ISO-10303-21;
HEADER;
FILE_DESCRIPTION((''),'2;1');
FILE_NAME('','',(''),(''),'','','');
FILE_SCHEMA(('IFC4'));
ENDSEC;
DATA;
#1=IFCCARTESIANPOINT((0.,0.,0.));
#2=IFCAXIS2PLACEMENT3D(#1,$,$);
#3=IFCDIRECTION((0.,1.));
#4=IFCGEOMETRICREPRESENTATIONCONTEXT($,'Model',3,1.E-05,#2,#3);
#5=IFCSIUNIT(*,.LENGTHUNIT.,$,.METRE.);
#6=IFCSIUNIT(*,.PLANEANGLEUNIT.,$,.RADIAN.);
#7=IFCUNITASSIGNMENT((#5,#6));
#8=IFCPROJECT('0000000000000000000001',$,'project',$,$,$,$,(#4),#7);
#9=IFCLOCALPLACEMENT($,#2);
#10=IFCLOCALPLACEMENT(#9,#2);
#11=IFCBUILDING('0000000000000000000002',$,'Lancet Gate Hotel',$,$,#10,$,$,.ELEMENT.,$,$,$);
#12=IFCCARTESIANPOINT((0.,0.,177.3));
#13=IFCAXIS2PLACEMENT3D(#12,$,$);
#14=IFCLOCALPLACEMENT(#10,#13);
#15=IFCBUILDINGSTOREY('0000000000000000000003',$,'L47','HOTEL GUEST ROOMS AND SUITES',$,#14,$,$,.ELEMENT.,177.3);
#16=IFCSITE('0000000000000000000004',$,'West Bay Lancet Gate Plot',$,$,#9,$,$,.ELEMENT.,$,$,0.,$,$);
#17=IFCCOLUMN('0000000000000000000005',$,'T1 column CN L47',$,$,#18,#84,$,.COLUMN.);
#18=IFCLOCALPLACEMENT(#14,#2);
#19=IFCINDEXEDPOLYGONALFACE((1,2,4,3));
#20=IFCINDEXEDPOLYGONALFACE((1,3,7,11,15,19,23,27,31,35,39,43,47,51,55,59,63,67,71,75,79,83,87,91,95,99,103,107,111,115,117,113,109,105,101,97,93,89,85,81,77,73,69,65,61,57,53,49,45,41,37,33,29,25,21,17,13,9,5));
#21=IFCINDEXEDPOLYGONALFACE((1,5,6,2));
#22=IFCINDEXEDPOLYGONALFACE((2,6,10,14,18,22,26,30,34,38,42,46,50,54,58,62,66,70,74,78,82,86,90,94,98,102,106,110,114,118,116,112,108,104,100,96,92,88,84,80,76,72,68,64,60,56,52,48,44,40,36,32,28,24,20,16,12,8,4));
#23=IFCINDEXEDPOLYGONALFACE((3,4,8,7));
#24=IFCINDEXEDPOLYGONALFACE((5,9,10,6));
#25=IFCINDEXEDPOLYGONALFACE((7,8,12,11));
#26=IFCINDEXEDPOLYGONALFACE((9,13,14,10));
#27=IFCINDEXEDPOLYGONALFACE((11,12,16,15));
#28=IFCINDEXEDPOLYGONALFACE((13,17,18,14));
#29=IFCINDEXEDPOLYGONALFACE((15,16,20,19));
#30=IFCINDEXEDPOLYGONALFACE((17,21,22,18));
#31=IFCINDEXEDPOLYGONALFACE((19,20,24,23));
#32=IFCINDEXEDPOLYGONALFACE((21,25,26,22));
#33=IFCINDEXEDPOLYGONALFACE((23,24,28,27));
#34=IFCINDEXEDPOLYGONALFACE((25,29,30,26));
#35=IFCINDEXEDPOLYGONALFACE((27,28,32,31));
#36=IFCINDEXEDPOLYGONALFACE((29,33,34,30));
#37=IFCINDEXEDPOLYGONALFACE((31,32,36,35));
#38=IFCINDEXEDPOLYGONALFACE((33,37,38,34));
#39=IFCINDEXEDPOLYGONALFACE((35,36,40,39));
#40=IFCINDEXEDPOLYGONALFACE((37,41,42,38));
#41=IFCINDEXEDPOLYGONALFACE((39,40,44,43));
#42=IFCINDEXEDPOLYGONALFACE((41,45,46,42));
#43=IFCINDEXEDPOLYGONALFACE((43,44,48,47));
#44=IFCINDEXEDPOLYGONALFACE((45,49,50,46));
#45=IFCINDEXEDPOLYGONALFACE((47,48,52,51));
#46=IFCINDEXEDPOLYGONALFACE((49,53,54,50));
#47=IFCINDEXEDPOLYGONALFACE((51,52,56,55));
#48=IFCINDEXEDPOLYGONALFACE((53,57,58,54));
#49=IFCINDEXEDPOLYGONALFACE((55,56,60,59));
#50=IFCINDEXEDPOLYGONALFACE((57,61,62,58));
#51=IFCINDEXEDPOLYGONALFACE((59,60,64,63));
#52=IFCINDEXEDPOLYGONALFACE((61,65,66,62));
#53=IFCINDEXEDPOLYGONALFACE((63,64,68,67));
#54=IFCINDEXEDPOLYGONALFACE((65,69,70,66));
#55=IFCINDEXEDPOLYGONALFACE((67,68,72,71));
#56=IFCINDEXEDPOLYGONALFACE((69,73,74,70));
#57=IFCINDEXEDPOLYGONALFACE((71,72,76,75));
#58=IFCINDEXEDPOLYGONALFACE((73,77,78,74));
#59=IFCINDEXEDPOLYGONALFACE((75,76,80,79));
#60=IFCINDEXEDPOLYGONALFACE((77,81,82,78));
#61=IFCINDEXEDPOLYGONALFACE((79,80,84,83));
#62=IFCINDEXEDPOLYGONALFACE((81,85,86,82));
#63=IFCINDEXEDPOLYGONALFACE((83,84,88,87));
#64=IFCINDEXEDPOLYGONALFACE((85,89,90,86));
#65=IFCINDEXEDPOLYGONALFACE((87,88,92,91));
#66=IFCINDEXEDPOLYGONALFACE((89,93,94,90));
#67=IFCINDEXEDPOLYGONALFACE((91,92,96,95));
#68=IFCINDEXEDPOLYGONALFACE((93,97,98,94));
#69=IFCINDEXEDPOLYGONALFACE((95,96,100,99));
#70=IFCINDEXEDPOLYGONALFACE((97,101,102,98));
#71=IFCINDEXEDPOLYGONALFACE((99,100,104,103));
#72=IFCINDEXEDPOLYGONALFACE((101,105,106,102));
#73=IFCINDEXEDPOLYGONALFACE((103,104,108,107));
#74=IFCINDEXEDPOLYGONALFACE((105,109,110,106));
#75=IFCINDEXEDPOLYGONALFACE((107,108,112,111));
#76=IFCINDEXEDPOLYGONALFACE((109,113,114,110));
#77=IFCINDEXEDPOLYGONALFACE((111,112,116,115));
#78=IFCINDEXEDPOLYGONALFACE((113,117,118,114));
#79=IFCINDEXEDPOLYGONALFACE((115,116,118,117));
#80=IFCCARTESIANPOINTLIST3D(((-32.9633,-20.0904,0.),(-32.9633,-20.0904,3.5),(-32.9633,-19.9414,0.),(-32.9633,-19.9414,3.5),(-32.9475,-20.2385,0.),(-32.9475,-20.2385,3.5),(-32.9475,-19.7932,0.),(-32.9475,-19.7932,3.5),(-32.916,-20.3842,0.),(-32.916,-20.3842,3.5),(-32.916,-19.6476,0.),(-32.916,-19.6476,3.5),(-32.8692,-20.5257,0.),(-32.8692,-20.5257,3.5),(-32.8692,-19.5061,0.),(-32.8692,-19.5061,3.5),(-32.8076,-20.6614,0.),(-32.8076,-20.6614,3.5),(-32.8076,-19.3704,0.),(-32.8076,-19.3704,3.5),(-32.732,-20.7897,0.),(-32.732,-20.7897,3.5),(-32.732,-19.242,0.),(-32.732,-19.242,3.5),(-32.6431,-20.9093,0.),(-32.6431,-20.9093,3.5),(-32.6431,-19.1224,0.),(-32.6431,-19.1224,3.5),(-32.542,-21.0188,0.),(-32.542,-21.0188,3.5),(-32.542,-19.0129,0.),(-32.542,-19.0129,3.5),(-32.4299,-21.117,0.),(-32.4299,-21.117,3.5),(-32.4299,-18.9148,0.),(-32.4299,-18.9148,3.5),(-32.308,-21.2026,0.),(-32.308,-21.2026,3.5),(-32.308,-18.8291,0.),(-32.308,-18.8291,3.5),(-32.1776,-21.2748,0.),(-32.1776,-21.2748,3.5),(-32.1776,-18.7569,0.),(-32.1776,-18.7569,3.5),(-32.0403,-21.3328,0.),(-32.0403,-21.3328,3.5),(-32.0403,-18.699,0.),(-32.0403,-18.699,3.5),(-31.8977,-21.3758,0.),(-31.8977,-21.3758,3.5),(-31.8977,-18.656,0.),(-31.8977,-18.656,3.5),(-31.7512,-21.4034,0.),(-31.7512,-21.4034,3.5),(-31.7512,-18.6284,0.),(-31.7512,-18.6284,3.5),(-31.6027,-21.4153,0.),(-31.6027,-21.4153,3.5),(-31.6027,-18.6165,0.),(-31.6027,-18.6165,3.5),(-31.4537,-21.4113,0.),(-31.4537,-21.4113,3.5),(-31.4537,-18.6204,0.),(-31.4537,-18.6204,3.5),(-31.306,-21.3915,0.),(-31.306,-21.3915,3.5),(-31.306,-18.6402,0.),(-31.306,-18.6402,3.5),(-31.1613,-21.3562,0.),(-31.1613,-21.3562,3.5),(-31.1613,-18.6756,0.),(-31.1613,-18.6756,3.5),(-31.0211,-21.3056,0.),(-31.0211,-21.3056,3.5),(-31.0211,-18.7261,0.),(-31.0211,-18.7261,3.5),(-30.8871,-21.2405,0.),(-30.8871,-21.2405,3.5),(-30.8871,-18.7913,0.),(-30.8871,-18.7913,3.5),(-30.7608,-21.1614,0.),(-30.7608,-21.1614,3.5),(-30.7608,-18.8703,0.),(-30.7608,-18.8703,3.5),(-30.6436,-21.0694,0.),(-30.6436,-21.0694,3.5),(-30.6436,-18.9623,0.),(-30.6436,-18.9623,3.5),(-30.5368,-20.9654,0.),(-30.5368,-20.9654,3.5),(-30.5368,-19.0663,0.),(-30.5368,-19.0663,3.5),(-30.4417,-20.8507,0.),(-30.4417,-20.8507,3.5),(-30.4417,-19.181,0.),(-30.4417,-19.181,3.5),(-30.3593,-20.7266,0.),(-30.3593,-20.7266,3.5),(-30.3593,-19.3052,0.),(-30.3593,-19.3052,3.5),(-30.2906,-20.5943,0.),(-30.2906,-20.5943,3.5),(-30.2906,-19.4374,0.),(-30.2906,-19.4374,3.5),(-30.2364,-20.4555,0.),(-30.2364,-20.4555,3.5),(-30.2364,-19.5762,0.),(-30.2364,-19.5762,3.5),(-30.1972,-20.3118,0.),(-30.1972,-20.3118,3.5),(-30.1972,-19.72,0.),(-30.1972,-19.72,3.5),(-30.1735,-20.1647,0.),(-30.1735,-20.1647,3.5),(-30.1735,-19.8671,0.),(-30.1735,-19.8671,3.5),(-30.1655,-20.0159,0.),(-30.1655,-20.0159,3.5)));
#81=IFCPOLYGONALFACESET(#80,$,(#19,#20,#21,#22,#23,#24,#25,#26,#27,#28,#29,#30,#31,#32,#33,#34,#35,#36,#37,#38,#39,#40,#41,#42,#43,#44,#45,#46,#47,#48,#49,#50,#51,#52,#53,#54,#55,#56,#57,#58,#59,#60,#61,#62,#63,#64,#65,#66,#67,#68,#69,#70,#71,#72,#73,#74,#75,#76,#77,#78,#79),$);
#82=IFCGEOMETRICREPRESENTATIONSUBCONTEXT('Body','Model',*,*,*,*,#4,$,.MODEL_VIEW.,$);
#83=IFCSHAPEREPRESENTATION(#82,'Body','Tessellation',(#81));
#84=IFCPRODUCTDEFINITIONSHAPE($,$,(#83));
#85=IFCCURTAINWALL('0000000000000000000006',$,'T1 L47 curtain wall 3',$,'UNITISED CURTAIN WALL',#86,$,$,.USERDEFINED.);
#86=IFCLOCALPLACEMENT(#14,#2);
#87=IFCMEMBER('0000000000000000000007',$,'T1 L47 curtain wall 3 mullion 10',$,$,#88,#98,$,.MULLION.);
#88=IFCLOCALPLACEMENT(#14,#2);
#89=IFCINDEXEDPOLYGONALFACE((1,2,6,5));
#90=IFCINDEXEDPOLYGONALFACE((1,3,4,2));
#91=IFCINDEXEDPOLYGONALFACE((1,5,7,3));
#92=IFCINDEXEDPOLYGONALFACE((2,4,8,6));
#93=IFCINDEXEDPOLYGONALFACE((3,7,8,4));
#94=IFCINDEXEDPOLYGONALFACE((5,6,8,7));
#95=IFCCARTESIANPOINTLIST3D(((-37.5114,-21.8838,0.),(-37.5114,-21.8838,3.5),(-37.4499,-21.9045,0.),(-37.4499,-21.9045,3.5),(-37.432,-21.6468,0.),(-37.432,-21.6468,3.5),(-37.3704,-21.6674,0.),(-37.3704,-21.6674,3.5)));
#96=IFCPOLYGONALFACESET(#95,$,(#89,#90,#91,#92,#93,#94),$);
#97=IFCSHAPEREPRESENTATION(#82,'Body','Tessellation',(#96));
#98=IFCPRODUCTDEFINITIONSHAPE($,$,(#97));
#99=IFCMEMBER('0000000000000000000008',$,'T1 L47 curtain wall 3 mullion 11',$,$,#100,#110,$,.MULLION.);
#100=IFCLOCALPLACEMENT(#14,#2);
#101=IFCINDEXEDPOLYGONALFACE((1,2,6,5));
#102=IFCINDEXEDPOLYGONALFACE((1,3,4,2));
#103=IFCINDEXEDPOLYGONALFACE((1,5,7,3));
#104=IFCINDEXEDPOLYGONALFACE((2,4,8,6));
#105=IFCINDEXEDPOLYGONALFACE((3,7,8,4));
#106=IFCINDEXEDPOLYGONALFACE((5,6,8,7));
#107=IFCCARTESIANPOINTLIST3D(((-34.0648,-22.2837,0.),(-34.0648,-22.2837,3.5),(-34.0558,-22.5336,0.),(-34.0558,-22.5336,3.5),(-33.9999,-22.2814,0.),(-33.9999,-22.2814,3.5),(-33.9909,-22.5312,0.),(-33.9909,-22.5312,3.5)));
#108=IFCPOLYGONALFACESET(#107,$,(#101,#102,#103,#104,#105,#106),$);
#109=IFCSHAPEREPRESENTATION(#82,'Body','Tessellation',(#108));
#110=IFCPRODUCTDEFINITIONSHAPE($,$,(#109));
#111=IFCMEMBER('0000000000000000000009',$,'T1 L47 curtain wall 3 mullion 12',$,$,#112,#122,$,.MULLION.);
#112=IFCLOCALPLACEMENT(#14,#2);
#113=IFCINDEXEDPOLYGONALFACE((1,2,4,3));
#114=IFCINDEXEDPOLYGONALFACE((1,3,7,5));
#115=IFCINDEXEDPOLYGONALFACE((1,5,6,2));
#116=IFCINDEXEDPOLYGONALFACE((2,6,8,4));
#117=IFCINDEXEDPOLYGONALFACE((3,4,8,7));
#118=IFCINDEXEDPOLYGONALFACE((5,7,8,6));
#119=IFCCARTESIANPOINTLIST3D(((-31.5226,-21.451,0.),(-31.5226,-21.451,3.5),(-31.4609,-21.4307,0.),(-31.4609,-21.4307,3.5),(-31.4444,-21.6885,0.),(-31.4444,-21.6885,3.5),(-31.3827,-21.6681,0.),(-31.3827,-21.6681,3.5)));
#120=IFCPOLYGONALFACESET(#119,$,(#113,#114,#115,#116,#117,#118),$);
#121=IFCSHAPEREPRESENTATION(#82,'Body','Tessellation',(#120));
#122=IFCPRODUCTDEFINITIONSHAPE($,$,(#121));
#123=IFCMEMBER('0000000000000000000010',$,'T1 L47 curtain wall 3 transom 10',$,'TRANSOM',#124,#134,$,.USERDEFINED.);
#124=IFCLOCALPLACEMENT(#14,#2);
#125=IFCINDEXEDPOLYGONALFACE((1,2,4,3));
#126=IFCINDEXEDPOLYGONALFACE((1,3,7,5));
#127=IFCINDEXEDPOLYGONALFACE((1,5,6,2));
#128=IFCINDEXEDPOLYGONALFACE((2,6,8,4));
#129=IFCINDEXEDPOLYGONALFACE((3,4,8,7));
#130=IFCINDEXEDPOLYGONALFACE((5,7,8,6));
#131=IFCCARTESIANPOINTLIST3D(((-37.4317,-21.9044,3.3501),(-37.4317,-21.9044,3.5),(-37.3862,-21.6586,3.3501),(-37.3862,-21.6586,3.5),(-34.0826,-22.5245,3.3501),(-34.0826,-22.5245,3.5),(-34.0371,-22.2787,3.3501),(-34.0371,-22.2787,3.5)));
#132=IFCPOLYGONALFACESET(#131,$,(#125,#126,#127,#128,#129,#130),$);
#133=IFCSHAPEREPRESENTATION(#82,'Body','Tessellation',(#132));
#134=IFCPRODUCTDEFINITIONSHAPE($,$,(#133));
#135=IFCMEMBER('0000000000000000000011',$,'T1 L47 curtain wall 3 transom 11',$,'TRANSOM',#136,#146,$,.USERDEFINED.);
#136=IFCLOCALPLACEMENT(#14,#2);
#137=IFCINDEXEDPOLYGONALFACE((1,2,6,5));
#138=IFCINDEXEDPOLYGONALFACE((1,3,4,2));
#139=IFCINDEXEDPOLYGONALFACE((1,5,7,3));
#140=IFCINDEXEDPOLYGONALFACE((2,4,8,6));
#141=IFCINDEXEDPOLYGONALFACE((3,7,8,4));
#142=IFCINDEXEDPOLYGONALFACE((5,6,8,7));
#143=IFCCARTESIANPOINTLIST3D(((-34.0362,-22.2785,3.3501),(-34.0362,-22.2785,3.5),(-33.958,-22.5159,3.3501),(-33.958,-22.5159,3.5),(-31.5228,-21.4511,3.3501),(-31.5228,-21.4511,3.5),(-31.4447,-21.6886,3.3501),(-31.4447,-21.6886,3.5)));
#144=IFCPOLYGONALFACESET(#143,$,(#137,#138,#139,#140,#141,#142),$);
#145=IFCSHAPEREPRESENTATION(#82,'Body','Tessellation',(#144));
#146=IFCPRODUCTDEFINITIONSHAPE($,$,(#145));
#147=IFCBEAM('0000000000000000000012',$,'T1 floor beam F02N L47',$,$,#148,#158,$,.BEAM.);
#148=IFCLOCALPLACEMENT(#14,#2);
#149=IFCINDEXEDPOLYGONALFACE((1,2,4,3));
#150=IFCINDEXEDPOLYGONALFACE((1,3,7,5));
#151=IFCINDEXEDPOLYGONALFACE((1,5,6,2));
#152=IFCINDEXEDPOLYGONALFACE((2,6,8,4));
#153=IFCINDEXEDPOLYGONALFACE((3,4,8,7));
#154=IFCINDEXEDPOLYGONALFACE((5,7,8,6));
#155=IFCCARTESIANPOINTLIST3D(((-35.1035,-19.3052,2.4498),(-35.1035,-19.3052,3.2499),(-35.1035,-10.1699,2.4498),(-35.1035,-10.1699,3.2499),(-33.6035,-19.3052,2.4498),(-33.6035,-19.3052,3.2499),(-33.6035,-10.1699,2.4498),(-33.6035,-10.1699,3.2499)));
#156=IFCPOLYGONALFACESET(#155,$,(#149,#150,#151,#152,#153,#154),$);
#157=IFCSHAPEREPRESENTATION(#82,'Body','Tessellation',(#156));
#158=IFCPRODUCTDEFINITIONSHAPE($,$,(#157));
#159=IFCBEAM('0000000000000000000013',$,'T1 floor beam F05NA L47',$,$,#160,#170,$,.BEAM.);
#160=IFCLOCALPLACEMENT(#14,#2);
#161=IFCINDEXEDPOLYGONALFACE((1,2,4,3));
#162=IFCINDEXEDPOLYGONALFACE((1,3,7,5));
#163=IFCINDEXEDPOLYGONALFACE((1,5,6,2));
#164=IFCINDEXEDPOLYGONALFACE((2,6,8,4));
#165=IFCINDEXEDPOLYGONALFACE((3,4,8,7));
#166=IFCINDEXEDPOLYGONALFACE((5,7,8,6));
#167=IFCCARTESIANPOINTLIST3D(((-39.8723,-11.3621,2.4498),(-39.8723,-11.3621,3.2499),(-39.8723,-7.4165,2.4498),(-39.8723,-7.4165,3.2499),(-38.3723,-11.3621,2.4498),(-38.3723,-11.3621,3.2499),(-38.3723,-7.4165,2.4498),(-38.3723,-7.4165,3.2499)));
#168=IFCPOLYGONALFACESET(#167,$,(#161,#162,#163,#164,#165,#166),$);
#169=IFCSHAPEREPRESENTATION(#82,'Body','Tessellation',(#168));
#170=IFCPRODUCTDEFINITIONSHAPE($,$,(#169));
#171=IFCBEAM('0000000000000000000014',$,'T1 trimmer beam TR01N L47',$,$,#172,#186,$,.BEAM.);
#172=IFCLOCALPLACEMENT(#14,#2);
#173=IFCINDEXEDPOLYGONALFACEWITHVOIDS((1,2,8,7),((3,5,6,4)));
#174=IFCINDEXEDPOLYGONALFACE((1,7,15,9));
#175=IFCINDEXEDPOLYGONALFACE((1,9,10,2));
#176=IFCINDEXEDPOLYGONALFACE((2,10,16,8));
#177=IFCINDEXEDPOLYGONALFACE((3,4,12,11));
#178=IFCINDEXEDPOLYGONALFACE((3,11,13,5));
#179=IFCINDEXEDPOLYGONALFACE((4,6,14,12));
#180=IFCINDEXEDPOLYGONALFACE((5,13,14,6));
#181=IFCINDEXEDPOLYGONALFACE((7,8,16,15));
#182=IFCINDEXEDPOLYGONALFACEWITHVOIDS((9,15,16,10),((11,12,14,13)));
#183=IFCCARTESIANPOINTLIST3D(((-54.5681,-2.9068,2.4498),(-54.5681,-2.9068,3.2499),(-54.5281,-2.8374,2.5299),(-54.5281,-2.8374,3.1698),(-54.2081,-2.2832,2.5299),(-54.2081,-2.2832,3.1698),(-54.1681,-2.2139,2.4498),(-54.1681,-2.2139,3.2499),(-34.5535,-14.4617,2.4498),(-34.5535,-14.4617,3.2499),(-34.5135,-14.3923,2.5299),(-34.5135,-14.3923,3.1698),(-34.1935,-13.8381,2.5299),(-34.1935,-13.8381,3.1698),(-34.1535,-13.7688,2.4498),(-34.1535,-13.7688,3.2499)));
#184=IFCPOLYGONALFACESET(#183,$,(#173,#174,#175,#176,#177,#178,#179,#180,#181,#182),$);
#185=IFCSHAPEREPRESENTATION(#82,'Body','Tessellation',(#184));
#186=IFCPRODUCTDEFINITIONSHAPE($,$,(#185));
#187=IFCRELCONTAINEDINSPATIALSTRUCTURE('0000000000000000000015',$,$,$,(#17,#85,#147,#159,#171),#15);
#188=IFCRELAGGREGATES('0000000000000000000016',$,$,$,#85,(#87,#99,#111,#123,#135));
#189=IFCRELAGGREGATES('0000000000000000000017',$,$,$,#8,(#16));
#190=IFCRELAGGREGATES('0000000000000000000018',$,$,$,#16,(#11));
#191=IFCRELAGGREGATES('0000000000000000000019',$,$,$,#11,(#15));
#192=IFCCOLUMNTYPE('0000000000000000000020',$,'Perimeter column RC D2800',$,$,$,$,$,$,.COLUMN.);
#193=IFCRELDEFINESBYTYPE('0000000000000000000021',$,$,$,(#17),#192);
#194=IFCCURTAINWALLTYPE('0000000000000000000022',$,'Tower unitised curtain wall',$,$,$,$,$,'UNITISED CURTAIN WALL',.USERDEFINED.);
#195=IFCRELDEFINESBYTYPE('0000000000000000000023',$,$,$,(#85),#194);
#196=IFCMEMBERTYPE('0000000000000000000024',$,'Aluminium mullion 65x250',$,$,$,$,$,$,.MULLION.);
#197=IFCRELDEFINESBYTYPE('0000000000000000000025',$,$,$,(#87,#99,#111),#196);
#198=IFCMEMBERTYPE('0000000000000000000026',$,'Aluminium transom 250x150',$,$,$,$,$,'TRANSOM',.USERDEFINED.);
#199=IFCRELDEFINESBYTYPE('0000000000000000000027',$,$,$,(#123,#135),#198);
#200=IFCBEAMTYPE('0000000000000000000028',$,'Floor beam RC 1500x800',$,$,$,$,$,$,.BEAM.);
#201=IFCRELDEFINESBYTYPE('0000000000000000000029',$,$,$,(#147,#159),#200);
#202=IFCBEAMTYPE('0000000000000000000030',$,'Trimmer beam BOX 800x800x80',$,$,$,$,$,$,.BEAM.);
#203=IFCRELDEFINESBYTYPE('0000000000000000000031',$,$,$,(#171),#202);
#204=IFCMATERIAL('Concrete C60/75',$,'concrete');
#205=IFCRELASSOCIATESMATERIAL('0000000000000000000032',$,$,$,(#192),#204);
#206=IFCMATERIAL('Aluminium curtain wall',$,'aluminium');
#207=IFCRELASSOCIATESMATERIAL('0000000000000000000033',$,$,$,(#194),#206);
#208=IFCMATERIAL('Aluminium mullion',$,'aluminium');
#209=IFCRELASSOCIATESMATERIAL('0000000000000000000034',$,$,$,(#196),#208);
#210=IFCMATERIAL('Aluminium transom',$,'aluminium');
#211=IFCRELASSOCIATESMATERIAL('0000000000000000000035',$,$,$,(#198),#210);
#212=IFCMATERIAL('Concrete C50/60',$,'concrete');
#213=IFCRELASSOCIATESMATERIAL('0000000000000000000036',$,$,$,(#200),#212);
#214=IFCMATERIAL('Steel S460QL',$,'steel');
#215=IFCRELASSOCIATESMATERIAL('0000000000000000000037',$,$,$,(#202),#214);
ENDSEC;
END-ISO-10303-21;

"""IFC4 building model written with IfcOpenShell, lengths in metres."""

from ifc_helpers import new_model, si_unit, direction, frame, origin, origin_2d, place, context, subcontext, project, spatial, rectangle, hollow_rectangle, circle, extrude, material, material_profile, profile_set, type_object, element, aggregate, save


model = new_model("IFC4")

# Units and contexts
model_context = context("Model", 3, precision=1e-05, world=origin(), true_north=direction((0.0, 1.0)))
body_context = subcontext(model_context, "Body", "Model", "MODEL_VIEW")
ifc_project = project(units=[si_unit("LENGTHUNIT", "METRE"), si_unit("PLANEANGLEUNIT", "RADIAN")], contexts=[model_context])

# Site, building, storey
site_placement = place(None, origin())
site = spatial("IfcSite", under=ifc_project, at=site_placement, Name="West Bay Lancet Gate Plot", CompositionType="ELEMENT", RefElevation=0.0)
building_placement = place(site_placement, origin())
building = spatial("IfcBuilding", under=site, at=building_placement, Name="Lancet Gate Hotel", CompositionType="ELEMENT")
storey_placement = place(building_placement, frame((0.0, 0.0, 177.3)))
storey = spatial("IfcBuildingStorey", under=building, at=storey_placement, Name="L47", Description="HOTEL GUEST ROOMS AND SUITES", CompositionType="ELEMENT", Elevation=177.3)

# Column
ifc_material_1 = material(Name="Concrete C60/75", Category="concrete")
ifc_material_profile_1 = material_profile(ifc_material_1, circle(Radius=1.3999, at=origin_2d()), Name="RC D2800")
ifc_profile_set_1 = profile_set([ifc_material_profile_1], Name="Concrete C60/75")
column_type = type_object("IfcColumnType", Name="Perimeter column RC D2800", PredefinedType="COLUMN", material=ifc_profile_set_1)
column_placement = place(storey_placement, frame((-31.5654, -20.0159, 0.0), z_axis=(0.0, 0.0, 1.0), x_axis=(1.0, 0.0, 0.0)))
element("IfcColumn", 1, at=column_placement, inside=storey, type_object=column_type, Name="T1 column CN L47", PredefinedType="COLUMN", context=body_context, shape_type="SweptSolid", body=[
    extrude(circle(Radius=1.3999, at=origin_2d()), origin(), (0.0, 0.0, 1.0), 3.5),
])

# Curtain wall, members
ifc_material_2 = material(Name="Aluminium curtain wall", Category="aluminium")
curtain_wall_type = type_object("IfcCurtainWallType", Name="Tower unitised curtain wall", ElementType="UNITISED CURTAIN WALL", PredefinedType="USERDEFINED", material=ifc_material_2)
curtain_wall_placement = place(storey_placement, origin())
curtain_wall = element("IfcCurtainWall", 2, at=curtain_wall_placement, inside=storey, type_object=curtain_wall_type, Name="T1 L47 curtain wall 3", ObjectType="UNITISED CURTAIN WALL", PredefinedType="USERDEFINED")
ifc_material_3 = material(Name="Aluminium mullion", Category="aluminium")
ifc_material_profile_2 = material_profile(ifc_material_3, rectangle(XDim=0.0649, YDim=0.25, at=origin_2d()), Name="MULLION 65x250")
ifc_profile_set_2 = profile_set([ifc_material_profile_2], Name="Aluminium mullion")
member_type_1 = type_object("IfcMemberType", Name="Aluminium mullion 65x250", PredefinedType="MULLION", material=ifc_profile_set_2)
member_1_placement = place(storey_placement, frame((-37.4409, -21.7756, 0.0), z_axis=(0.0, 0.0, 1.0), x_axis=(0.948119, -0.317915, 0.0)))
member_1 = element("IfcMember", 3, at=member_1_placement, type_object=member_type_1, Name="T1 L47 curtain wall 3 mullion 10", PredefinedType="MULLION", context=body_context, shape_type="SweptSolid", body=[
    extrude(rectangle(XDim=0.0649, YDim=0.25, at=origin_2d()), origin(), (0.0, 0.0, 1.0), 3.5),
])
member_2_placement = place(storey_placement, frame((-34.0278, -22.4075, 0.0), z_axis=(0.0, 0.0, 1.0), x_axis=(0.99935, 0.036037, 0.0)))
member_2 = element("IfcMember", 4, at=member_2_placement, type_object=member_type_1, Name="T1 L47 curtain wall 3 mullion 11", PredefinedType="MULLION", context=body_context, shape_type="SweptSolid", body=[
    extrude(rectangle(XDim=0.0649, YDim=0.25, at=origin_2d()), origin(), (0.0, 0.0, 1.0), 3.5),
])
member_3_placement = place(storey_placement, frame((-31.4526, -21.5596, 0.0), z_axis=(0.0, 0.0, 1.0), x_axis=(0.949848, 0.312712, 0.0)))
member_3 = element("IfcMember", 5, at=member_3_placement, type_object=member_type_1, Name="T1 L47 curtain wall 3 mullion 12", PredefinedType="MULLION", context=body_context, shape_type="SweptSolid", body=[
    extrude(rectangle(XDim=0.0649, YDim=0.25, at=origin_2d()), origin(), (0.0, 0.0, 1.0), 3.5),
])
ifc_material_4 = material(Name="Aluminium transom", Category="aluminium")
ifc_material_profile_3 = material_profile(ifc_material_4, rectangle(XDim=0.25, YDim=0.1499, at=origin_2d()), Name="TRANSOM 250x150")
ifc_profile_set_3 = profile_set([ifc_material_profile_3], Name="Aluminium transom")
member_type_2 = type_object("IfcMemberType", Name="Aluminium transom 250x150", ElementType="TRANSOM", PredefinedType="USERDEFINED", material=ifc_profile_set_3)
member_4_placement = place(storey_placement, frame((-37.4089, -21.7815, 3.425), z_axis=(0.983287, -0.182064, 0.0), x_axis=(0.182064, 0.983287, 0.0)))
member_4 = element("IfcMember", 6, at=member_4_placement, type_object=member_type_2, Name="T1 L47 curtain wall 3 transom 10", ObjectType="TRANSOM", PredefinedType="USERDEFINED", context=body_context, shape_type="SweptSolid", body=[
    extrude(rectangle(XDim=0.25, YDim=0.1499, at=origin_2d()), origin(), (0.0, 0.0, 1.0), 3.406),
])
member_5_placement = place(storey_placement, frame((-33.9971, -22.3972, 3.425), z_axis=(0.949858, 0.312683, 0.0), x_axis=(-0.312683, 0.949858, 0.0)))
member_5 = element("IfcMember", 7, at=member_5_placement, type_object=member_type_2, Name="T1 L47 curtain wall 3 transom 11", ObjectType="TRANSOM", PredefinedType="USERDEFINED", context=body_context, shape_type="SweptSolid", body=[
    extrude(rectangle(XDim=0.25, YDim=0.1499, at=origin_2d()), origin(), (0.0, 0.0, 1.0), 2.646),
])

# Beams
ifc_material_5 = material(Name="Concrete C50/60", Category="concrete")
ifc_material_profile_4 = material_profile(ifc_material_5, rectangle(XDim=1.5, YDim=0.8, at=origin_2d()), Name="RC 1500x800")
ifc_profile_set_4 = profile_set([ifc_material_profile_4], Name="Concrete C50/60")
beam_type_1 = type_object("IfcBeamType", Name="Floor beam RC 1500x800", PredefinedType="BEAM", material=ifc_profile_set_4)
beam_1_placement = place(storey_placement, frame((-34.3535, -10.1699, 2.8499), z_axis=(0.0, -1.0, 0.0), x_axis=(1.0, 0.0, 0.0)))
element("IfcBeam", 8, at=beam_1_placement, inside=storey, type_object=beam_type_1, Name="T1 floor beam F02N L47", PredefinedType="BEAM", context=body_context, shape_type="SweptSolid", body=[
    extrude(rectangle(XDim=1.5, YDim=0.8, at=origin_2d()), origin(), (0.0, 0.0, 1.0), 9.1353),
])
beam_2_placement = place(storey_placement, frame((-39.1223, -7.4165, 2.8499), z_axis=(0.0, -1.0, 0.0), x_axis=(1.0, 0.0, 0.0)))
element("IfcBeam", 9, at=beam_2_placement, inside=storey, type_object=beam_type_1, Name="T1 floor beam F05NA L47", PredefinedType="BEAM", context=body_context, shape_type="SweptSolid", body=[
    extrude(rectangle(XDim=1.5, YDim=0.8, at=origin_2d()), origin(), (0.0, 0.0, 1.0), 3.9456),
])
ifc_material_6 = material(Name="Steel S460QL", Category="steel")
ifc_material_profile_5 = material_profile(ifc_material_6, hollow_rectangle(XDim=0.8, YDim=0.8, WallThickness=0.0801, at=origin_2d()), Name="BOX 800x800x80")
ifc_profile_set_5 = profile_set([ifc_material_profile_5], Name="Steel S460QL")
beam_type_2 = type_object("IfcBeamType", Name="Trimmer beam BOX 800x800x80", PredefinedType="BEAM", material=ifc_profile_set_5)
beam_3_placement = place(storey_placement, frame((-34.3535, -14.1152, 2.8499), z_axis=(-0.866035, 0.499983, 0.0), x_axis=(-0.499983, -0.866035, 0.0)))
element("IfcBeam", 10, at=beam_3_placement, inside=storey, type_object=beam_type_2, Name="T1 trimmer beam TR01N L47", PredefinedType="BEAM", context=body_context, shape_type="SweptSolid", body=[
    extrude(hollow_rectangle(XDim=0.8, YDim=0.8, WallThickness=0.0801, at=origin_2d()), origin(), (0.0, 0.0, 1.0), 23.1106),
])

aggregate(curtain_wall, [member_1, member_2, member_3, member_4, member_5])

save(model, "model.ifc")
